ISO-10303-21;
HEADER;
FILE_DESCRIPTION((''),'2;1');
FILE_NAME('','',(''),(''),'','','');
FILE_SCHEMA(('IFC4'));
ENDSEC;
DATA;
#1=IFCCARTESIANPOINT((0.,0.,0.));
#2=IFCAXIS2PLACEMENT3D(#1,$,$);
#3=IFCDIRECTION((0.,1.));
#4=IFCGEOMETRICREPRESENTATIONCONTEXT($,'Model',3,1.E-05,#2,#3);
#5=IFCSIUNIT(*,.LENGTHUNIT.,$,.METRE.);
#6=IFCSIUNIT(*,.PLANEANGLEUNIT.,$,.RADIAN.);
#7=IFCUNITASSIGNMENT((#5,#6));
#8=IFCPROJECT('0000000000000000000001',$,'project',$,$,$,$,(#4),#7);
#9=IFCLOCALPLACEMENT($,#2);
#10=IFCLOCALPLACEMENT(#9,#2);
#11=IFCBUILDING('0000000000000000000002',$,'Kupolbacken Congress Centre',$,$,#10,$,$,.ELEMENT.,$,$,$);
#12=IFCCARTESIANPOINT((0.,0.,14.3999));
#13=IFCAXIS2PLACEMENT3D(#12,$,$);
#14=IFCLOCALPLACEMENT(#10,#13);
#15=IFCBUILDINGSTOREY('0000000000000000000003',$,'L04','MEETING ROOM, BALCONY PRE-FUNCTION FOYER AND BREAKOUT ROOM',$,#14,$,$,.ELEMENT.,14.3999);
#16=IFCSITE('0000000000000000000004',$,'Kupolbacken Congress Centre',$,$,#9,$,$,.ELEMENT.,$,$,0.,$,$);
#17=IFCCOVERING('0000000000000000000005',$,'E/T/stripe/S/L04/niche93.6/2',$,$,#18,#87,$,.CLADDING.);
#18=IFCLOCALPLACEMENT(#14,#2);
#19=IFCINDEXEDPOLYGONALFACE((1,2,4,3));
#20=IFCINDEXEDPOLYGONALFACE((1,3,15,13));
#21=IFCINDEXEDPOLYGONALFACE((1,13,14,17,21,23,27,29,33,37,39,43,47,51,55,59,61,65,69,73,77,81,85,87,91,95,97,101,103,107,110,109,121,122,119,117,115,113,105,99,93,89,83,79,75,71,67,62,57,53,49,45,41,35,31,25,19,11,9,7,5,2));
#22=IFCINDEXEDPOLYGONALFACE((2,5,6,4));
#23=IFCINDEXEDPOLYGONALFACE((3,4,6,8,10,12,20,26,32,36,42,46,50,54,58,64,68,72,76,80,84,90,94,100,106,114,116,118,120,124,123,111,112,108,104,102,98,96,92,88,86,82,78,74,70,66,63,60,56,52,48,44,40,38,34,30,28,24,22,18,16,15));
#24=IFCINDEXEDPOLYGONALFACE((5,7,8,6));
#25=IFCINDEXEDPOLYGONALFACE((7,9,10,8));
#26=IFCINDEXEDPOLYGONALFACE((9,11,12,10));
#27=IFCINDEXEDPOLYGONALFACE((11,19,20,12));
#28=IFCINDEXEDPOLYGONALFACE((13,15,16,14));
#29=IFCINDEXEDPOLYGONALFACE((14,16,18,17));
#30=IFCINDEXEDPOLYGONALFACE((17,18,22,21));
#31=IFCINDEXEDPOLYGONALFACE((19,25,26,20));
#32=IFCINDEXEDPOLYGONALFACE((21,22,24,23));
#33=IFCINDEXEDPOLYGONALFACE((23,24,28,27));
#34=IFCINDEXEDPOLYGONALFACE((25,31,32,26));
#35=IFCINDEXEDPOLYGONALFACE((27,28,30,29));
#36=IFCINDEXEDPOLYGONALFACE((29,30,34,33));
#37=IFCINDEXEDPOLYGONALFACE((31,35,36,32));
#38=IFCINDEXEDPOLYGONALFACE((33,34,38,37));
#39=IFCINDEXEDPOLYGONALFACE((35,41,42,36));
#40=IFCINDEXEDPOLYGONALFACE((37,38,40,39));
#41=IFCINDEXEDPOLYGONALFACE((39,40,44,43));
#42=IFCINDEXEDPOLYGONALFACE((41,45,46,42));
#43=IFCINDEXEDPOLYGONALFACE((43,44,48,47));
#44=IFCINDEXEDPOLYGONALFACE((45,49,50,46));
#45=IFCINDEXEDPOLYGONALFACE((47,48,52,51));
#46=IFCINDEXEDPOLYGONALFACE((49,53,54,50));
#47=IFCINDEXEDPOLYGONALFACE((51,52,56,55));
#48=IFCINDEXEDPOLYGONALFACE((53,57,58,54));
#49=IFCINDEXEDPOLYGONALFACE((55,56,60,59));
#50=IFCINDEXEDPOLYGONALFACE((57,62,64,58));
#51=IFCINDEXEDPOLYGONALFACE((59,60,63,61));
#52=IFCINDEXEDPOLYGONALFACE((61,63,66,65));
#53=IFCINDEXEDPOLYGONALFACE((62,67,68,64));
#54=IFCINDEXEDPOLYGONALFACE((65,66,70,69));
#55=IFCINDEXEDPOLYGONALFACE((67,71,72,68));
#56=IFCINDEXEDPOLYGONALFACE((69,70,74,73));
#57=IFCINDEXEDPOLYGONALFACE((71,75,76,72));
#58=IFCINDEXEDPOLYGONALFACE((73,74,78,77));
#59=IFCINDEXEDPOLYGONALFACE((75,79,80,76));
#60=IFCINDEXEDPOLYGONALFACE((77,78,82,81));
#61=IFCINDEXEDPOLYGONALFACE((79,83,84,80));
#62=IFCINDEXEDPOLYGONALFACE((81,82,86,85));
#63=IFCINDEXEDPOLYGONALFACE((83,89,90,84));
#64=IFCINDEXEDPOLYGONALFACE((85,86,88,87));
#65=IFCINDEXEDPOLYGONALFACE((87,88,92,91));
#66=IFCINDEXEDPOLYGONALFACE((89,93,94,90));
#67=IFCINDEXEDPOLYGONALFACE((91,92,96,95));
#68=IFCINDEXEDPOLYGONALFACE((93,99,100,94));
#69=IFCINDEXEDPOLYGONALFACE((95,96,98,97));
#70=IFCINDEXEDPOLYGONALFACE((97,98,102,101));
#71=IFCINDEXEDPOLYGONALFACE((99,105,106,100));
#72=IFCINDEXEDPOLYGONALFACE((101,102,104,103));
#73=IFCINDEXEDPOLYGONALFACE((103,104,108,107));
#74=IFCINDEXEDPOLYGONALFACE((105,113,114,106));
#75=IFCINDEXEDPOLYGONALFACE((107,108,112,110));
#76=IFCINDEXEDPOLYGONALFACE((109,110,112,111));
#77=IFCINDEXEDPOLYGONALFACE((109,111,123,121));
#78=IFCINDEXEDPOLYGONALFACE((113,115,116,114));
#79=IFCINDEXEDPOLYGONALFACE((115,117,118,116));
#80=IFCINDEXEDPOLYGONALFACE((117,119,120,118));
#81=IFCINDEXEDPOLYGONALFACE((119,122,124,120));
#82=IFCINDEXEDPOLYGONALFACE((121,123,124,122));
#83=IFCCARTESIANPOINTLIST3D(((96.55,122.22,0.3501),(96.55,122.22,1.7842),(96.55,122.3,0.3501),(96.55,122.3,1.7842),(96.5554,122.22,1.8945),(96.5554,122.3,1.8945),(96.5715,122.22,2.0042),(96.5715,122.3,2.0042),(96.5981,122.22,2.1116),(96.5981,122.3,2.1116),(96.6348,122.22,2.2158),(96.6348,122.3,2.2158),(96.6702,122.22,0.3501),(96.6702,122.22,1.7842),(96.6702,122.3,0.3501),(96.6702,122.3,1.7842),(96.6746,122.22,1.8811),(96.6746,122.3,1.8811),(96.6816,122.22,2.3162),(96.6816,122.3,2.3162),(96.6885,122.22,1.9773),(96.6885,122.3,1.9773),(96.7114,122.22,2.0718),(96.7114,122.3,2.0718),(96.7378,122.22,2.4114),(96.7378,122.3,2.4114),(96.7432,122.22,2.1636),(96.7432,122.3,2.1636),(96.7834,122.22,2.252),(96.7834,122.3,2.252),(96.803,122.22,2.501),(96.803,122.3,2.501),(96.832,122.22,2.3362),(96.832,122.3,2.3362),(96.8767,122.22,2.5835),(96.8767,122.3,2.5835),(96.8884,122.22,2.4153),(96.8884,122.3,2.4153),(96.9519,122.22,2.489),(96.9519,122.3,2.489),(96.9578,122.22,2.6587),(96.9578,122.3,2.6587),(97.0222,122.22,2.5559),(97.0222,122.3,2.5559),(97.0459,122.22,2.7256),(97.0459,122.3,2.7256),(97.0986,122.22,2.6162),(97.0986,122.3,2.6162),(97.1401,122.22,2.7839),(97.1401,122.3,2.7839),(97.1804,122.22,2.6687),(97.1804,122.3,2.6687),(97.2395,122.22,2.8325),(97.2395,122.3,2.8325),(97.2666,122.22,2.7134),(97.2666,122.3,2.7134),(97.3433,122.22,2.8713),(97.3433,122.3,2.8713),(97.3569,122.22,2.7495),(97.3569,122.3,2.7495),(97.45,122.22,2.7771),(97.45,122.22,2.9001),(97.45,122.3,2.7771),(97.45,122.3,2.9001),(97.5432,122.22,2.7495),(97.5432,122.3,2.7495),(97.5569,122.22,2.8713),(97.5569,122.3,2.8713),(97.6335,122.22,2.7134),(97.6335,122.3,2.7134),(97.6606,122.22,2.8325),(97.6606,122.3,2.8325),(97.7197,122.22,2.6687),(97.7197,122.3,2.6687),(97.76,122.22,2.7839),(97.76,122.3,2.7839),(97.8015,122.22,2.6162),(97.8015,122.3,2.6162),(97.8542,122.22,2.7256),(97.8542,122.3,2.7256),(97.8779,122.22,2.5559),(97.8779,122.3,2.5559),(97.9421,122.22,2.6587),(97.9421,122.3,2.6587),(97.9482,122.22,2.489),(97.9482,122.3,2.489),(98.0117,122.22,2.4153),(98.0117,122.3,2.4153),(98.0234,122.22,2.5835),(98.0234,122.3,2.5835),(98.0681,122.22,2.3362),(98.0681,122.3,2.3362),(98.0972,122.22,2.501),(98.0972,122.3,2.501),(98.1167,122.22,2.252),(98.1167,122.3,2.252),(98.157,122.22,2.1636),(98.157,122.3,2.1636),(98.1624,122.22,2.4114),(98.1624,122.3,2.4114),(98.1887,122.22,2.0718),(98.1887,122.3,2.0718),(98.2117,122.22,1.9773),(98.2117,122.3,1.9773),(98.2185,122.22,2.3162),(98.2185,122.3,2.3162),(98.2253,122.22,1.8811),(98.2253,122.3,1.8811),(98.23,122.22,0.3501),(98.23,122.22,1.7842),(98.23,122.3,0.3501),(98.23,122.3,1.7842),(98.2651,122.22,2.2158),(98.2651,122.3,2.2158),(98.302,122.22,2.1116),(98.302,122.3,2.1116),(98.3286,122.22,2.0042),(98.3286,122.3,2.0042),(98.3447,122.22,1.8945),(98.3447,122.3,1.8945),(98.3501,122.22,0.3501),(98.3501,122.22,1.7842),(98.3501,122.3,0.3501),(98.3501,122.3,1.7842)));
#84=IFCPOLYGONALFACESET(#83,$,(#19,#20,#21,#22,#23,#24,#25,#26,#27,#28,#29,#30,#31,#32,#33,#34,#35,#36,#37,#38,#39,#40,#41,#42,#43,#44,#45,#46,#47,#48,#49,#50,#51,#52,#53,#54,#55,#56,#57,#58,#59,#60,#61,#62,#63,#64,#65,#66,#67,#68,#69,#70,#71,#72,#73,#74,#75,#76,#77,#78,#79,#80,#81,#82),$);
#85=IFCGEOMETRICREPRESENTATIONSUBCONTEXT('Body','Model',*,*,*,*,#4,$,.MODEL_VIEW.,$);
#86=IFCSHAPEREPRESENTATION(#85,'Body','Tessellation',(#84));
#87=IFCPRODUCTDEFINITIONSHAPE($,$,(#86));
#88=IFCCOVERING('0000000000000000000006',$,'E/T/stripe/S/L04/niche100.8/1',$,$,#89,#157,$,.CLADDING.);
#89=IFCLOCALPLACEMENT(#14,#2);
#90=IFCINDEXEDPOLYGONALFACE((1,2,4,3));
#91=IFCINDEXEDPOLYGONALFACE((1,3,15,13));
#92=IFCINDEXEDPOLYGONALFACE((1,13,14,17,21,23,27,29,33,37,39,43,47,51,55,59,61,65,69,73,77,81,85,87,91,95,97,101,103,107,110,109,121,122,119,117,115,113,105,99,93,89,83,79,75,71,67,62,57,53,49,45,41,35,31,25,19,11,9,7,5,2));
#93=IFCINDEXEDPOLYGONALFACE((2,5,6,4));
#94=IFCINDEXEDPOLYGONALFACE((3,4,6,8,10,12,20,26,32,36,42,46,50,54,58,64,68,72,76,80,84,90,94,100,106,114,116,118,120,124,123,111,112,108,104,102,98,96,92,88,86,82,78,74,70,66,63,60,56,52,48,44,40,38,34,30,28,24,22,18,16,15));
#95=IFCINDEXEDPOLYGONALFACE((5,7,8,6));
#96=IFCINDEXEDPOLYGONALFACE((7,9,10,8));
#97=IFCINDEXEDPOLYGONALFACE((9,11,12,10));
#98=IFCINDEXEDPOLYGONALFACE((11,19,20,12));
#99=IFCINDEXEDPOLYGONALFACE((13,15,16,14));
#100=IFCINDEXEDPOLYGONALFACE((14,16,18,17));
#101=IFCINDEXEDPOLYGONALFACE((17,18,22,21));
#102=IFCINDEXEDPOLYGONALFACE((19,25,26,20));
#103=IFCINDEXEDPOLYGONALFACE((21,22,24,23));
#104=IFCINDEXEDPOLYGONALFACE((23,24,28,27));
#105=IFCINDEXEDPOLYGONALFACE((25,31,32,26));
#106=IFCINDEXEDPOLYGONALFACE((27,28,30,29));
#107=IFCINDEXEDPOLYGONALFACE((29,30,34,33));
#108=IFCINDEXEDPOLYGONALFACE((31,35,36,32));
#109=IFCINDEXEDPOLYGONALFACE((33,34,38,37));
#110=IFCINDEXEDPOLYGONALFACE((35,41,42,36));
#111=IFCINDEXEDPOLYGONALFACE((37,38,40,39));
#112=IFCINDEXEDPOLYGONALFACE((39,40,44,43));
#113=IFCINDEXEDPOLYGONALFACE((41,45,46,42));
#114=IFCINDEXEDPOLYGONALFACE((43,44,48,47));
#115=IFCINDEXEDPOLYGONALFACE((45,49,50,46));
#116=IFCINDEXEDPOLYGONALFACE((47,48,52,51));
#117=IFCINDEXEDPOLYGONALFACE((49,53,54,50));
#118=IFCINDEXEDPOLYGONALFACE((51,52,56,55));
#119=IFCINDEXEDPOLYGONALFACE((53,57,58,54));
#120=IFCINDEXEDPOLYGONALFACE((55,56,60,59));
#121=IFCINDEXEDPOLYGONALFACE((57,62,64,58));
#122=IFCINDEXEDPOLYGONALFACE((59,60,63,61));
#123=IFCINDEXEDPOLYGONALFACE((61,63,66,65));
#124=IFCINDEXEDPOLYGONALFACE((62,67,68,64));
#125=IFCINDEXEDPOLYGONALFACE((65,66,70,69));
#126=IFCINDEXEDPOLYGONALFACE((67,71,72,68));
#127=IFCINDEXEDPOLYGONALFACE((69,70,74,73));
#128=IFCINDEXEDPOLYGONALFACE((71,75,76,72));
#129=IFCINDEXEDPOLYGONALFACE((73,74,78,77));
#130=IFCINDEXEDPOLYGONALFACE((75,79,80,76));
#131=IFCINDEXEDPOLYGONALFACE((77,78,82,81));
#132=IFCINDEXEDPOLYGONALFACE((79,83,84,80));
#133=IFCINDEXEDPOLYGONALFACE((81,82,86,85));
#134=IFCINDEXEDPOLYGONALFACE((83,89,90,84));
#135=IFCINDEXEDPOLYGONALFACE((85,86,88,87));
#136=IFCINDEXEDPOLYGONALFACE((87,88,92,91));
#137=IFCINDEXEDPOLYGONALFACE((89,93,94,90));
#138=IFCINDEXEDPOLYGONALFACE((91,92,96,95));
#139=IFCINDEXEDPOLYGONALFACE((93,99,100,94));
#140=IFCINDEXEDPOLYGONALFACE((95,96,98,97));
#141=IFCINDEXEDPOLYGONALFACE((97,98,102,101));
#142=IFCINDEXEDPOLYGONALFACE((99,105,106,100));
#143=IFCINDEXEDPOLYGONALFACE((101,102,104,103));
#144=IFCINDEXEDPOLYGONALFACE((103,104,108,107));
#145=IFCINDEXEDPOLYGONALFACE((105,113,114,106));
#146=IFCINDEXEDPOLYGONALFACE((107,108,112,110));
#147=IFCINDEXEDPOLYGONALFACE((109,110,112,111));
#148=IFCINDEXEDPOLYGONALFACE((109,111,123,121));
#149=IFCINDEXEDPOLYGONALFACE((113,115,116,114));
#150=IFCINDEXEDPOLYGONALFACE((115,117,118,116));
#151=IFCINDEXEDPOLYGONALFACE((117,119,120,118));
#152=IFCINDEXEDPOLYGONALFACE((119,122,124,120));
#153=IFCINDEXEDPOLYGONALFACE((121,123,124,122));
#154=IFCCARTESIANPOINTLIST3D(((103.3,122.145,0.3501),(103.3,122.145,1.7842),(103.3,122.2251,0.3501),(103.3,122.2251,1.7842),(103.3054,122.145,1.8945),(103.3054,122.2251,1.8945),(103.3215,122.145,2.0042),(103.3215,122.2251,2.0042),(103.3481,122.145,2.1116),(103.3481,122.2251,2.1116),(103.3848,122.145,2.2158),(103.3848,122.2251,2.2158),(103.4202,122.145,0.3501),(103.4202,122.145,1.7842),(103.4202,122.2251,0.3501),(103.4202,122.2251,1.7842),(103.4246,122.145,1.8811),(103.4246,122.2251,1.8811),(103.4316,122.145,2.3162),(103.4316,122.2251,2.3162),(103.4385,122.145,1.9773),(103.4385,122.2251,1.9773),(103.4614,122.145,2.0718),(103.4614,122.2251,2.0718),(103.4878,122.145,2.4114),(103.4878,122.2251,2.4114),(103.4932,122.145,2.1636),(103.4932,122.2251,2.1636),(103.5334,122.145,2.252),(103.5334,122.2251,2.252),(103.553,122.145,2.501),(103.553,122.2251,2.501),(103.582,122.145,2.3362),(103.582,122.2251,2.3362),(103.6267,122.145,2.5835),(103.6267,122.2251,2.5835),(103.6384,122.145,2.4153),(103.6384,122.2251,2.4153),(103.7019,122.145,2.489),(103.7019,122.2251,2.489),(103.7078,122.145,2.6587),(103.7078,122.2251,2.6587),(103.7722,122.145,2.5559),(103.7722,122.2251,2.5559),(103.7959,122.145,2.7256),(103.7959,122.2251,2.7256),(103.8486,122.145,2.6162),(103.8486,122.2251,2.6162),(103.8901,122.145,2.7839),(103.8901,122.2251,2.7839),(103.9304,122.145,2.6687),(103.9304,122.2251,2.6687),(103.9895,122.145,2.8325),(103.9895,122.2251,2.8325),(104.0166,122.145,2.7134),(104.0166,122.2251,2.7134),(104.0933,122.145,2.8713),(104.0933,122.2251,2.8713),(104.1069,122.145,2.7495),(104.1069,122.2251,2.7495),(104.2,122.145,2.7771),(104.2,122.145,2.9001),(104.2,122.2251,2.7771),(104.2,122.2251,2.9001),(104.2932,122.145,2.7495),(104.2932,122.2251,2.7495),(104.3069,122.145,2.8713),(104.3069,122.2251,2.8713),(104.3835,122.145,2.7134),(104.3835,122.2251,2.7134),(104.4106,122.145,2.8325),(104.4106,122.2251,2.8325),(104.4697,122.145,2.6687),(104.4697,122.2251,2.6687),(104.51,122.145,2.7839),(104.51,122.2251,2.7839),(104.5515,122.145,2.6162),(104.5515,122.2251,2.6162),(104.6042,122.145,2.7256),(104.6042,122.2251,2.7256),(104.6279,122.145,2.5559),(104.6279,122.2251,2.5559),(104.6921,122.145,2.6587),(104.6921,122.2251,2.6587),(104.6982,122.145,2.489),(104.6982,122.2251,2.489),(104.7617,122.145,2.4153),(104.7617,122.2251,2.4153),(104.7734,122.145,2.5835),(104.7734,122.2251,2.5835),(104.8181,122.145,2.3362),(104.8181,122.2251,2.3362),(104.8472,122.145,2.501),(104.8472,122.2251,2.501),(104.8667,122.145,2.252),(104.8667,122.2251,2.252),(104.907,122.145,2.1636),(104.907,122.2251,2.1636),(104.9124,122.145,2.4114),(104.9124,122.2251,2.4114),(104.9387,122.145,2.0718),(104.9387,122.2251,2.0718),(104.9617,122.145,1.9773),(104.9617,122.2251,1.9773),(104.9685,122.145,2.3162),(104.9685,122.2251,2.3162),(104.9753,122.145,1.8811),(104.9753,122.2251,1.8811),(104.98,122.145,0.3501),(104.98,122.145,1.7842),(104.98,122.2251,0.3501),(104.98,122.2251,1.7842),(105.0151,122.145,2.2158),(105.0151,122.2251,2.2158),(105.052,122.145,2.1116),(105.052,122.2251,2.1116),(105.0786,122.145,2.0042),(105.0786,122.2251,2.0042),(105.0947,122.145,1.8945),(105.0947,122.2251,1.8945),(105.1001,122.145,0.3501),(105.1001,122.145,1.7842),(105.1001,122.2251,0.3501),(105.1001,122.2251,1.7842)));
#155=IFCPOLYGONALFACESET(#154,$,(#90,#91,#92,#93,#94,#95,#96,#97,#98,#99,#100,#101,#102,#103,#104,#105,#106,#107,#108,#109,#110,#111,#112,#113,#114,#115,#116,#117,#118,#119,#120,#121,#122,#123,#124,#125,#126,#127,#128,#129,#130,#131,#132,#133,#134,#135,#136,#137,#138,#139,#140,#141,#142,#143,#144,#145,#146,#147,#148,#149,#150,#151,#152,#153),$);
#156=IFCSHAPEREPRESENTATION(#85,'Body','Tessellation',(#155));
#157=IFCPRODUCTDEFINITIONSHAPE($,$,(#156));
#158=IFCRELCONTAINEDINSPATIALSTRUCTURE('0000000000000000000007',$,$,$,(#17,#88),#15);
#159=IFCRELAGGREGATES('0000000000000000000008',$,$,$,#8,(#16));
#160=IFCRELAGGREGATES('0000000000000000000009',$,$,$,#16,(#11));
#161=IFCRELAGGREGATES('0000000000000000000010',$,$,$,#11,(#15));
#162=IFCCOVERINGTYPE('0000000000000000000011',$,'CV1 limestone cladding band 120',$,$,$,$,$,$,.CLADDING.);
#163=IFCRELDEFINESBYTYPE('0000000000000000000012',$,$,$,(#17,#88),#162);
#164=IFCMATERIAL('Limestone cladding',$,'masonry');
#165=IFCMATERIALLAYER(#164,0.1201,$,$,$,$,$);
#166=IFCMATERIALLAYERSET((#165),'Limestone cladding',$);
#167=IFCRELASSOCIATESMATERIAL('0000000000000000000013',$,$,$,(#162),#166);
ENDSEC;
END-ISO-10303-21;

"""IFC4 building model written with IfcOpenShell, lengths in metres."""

from ifc_helpers import new_model, si_unit, direction, frame, origin, place, context, subcontext, project, spatial, polyline, outline, extrude, material, layer, layer_set, type_object, element, save


model = new_model("IFC4")

# Units and contexts
model_context = context("Model", 3, precision=1e-05, world=origin(), true_north=direction((0.0, 1.0)))
body_context = subcontext(model_context, "Body", "Model", "MODEL_VIEW")
ifc_project = project(units=[si_unit("LENGTHUNIT", "METRE"), si_unit("PLANEANGLEUNIT", "RADIAN")], contexts=[model_context])

# Site, building, storey
site_placement = place(None, origin())
site = spatial("IfcSite", under=ifc_project, at=site_placement, Name="Kupolbacken Congress Centre", CompositionType="ELEMENT", RefElevation=0.0)
building_placement = place(site_placement, origin())
building = spatial("IfcBuilding", under=site, at=building_placement, Name="Kupolbacken Congress Centre", CompositionType="ELEMENT")
storey_placement = place(building_placement, frame((0.0, 0.0, 14.3999)))
storey = spatial("IfcBuildingStorey", under=building, at=storey_placement, Name="L04", Description="MEETING ROOM, BALCONY PRE-FUNCTION FOYER AND BREAKOUT ROOM", CompositionType="ELEMENT", Elevation=14.3999)

# Coverings
ifc_material_1 = material(Name="Limestone cladding", Category="masonry")
ifc_layer_1 = layer(ifc_material_1, 0.1201)
ifc_layer_set_1 = layer_set([ifc_layer_1], Name="Limestone cladding")
covering_type = type_object("IfcCoveringType", Name="CV1 limestone cladding band 120", PredefinedType="CLADDING", material=ifc_layer_set_1)
covering_1_placement = place(storey_placement, frame((96.55, 122.3, 0.3501), z_axis=(0.0, -1.0, 0.0), x_axis=(1.0, 0.0, 0.0)))
element("IfcCovering", 1, at=covering_1_placement, inside=storey, type_object=covering_type, Name="E/T/stripe/S/L04/niche93.6/2", PredefinedType="CLADDING", context=body_context, shape_type="SweptSolid", body=[
    extrude(outline(polyline([(0.0, 0.0), (0.0, 1.4341), (0.0054, 1.5444), (0.0215, 1.6541), (0.0481, 1.7615), (0.0847, 1.8657), (0.1316, 1.9661), (0.1877, 2.0613), (0.2529, 2.1509), (0.3267, 2.2334), (0.4077, 2.3086), (0.4958, 2.3755), (0.5901, 2.4338), (0.6895, 2.4824), (0.7932, 2.5212), (0.8999, 2.55), (1.0068, 2.5212), (1.1106, 2.4824), (1.21, 2.4338), (1.3042, 2.3755), (1.3921, 2.3086), (1.4734, 2.2334), (1.5471, 2.1509), (1.6123, 2.0613), (1.6685, 1.9661), (1.7151, 1.8657), (1.752, 1.7615), (1.7786, 1.6541), (1.7947, 1.5444), (1.8, 1.4341), (1.8, 0.0), (1.6799, 0.0), (1.6799, 1.4341), (1.6753, 1.531), (1.6616, 1.6272), (1.6387, 1.7217), (1.6069, 1.8135), (1.5667, 1.9019), (1.5181, 1.9861), (1.4617, 2.0652), (1.3982, 2.1389), (1.3279, 2.2058), (1.2515, 2.2661), (1.1697, 2.3186), (1.0835, 2.3633), (0.9932, 2.3994), (0.8999, 2.427), (0.8069, 2.3994), (0.7166, 2.3633), (0.6304, 2.3186), (0.5486, 2.2661), (0.4722, 2.2058), (0.4019, 2.1389), (0.3384, 2.0652), (0.282, 1.9861), (0.2334, 1.9019), (0.1931, 1.8135), (0.1614, 1.7217), (0.1384, 1.6272), (0.1245, 1.531), (0.1201, 1.4341), (0.1201, 0.0), (0.0, 0.0)])), origin(), (0.0, 0.0, 1.0), 0.0801),
])
covering_2_placement = place(storey_placement, frame((103.3, 122.2251, 0.3501), z_axis=(0.0, -1.0, 0.0), x_axis=(1.0, 0.0, 0.0)))
element("IfcCovering", 2, at=covering_2_placement, inside=storey, type_object=covering_type, Name="E/T/stripe/S/L04/niche100.8/1", PredefinedType="CLADDING", context=body_context, shape_type="SweptSolid", body=[
    extrude(outline(polyline([(0.0, 0.0), (0.0, 1.4341), (0.0054, 1.5444), (0.0215, 1.6541), (0.0481, 1.7615), (0.0847, 1.8657), (0.1316, 1.9661), (0.1877, 2.0613), (0.2529, 2.1509), (0.3267, 2.2334), (0.4077, 2.3086), (0.4958, 2.3755), (0.5901, 2.4338), (0.6895, 2.4824), (0.7932, 2.5212), (0.8999, 2.55), (1.0068, 2.5212), (1.1106, 2.4824), (1.21, 2.4338), (1.3042, 2.3755), (1.3921, 2.3086), (1.4734, 2.2334), (1.5471, 2.1509), (1.6123, 2.0613), (1.6685, 1.9661), (1.7151, 1.8657), (1.752, 1.7615), (1.7786, 1.6541), (1.7947, 1.5444), (1.8, 1.4341), (1.8, 0.0), (1.6799, 0.0), (1.6799, 1.4341), (1.6753, 1.531), (1.6616, 1.6272), (1.6387, 1.7217), (1.6069, 1.8135), (1.5667, 1.9019), (1.5181, 1.9861), (1.4617, 2.0652), (1.3982, 2.1389), (1.3279, 2.2058), (1.2515, 2.2661), (1.1697, 2.3186), (1.0835, 2.3633), (0.9932, 2.3994), (0.8999, 2.427), (0.8069, 2.3994), (0.7166, 2.3633), (0.6304, 2.3186), (0.5486, 2.2661), (0.4722, 2.2058), (0.4019, 2.1389), (0.3384, 2.0652), (0.282, 1.9861), (0.2334, 1.9019), (0.1931, 1.8135), (0.1614, 1.7217), (0.1384, 1.6272), (0.1245, 1.531), (0.1201, 1.4341), (0.1201, 0.0), (0.0, 0.0)])), origin(), (0.0, 0.0, 1.0), 0.0801),
])

save(model, "model.ifc")
